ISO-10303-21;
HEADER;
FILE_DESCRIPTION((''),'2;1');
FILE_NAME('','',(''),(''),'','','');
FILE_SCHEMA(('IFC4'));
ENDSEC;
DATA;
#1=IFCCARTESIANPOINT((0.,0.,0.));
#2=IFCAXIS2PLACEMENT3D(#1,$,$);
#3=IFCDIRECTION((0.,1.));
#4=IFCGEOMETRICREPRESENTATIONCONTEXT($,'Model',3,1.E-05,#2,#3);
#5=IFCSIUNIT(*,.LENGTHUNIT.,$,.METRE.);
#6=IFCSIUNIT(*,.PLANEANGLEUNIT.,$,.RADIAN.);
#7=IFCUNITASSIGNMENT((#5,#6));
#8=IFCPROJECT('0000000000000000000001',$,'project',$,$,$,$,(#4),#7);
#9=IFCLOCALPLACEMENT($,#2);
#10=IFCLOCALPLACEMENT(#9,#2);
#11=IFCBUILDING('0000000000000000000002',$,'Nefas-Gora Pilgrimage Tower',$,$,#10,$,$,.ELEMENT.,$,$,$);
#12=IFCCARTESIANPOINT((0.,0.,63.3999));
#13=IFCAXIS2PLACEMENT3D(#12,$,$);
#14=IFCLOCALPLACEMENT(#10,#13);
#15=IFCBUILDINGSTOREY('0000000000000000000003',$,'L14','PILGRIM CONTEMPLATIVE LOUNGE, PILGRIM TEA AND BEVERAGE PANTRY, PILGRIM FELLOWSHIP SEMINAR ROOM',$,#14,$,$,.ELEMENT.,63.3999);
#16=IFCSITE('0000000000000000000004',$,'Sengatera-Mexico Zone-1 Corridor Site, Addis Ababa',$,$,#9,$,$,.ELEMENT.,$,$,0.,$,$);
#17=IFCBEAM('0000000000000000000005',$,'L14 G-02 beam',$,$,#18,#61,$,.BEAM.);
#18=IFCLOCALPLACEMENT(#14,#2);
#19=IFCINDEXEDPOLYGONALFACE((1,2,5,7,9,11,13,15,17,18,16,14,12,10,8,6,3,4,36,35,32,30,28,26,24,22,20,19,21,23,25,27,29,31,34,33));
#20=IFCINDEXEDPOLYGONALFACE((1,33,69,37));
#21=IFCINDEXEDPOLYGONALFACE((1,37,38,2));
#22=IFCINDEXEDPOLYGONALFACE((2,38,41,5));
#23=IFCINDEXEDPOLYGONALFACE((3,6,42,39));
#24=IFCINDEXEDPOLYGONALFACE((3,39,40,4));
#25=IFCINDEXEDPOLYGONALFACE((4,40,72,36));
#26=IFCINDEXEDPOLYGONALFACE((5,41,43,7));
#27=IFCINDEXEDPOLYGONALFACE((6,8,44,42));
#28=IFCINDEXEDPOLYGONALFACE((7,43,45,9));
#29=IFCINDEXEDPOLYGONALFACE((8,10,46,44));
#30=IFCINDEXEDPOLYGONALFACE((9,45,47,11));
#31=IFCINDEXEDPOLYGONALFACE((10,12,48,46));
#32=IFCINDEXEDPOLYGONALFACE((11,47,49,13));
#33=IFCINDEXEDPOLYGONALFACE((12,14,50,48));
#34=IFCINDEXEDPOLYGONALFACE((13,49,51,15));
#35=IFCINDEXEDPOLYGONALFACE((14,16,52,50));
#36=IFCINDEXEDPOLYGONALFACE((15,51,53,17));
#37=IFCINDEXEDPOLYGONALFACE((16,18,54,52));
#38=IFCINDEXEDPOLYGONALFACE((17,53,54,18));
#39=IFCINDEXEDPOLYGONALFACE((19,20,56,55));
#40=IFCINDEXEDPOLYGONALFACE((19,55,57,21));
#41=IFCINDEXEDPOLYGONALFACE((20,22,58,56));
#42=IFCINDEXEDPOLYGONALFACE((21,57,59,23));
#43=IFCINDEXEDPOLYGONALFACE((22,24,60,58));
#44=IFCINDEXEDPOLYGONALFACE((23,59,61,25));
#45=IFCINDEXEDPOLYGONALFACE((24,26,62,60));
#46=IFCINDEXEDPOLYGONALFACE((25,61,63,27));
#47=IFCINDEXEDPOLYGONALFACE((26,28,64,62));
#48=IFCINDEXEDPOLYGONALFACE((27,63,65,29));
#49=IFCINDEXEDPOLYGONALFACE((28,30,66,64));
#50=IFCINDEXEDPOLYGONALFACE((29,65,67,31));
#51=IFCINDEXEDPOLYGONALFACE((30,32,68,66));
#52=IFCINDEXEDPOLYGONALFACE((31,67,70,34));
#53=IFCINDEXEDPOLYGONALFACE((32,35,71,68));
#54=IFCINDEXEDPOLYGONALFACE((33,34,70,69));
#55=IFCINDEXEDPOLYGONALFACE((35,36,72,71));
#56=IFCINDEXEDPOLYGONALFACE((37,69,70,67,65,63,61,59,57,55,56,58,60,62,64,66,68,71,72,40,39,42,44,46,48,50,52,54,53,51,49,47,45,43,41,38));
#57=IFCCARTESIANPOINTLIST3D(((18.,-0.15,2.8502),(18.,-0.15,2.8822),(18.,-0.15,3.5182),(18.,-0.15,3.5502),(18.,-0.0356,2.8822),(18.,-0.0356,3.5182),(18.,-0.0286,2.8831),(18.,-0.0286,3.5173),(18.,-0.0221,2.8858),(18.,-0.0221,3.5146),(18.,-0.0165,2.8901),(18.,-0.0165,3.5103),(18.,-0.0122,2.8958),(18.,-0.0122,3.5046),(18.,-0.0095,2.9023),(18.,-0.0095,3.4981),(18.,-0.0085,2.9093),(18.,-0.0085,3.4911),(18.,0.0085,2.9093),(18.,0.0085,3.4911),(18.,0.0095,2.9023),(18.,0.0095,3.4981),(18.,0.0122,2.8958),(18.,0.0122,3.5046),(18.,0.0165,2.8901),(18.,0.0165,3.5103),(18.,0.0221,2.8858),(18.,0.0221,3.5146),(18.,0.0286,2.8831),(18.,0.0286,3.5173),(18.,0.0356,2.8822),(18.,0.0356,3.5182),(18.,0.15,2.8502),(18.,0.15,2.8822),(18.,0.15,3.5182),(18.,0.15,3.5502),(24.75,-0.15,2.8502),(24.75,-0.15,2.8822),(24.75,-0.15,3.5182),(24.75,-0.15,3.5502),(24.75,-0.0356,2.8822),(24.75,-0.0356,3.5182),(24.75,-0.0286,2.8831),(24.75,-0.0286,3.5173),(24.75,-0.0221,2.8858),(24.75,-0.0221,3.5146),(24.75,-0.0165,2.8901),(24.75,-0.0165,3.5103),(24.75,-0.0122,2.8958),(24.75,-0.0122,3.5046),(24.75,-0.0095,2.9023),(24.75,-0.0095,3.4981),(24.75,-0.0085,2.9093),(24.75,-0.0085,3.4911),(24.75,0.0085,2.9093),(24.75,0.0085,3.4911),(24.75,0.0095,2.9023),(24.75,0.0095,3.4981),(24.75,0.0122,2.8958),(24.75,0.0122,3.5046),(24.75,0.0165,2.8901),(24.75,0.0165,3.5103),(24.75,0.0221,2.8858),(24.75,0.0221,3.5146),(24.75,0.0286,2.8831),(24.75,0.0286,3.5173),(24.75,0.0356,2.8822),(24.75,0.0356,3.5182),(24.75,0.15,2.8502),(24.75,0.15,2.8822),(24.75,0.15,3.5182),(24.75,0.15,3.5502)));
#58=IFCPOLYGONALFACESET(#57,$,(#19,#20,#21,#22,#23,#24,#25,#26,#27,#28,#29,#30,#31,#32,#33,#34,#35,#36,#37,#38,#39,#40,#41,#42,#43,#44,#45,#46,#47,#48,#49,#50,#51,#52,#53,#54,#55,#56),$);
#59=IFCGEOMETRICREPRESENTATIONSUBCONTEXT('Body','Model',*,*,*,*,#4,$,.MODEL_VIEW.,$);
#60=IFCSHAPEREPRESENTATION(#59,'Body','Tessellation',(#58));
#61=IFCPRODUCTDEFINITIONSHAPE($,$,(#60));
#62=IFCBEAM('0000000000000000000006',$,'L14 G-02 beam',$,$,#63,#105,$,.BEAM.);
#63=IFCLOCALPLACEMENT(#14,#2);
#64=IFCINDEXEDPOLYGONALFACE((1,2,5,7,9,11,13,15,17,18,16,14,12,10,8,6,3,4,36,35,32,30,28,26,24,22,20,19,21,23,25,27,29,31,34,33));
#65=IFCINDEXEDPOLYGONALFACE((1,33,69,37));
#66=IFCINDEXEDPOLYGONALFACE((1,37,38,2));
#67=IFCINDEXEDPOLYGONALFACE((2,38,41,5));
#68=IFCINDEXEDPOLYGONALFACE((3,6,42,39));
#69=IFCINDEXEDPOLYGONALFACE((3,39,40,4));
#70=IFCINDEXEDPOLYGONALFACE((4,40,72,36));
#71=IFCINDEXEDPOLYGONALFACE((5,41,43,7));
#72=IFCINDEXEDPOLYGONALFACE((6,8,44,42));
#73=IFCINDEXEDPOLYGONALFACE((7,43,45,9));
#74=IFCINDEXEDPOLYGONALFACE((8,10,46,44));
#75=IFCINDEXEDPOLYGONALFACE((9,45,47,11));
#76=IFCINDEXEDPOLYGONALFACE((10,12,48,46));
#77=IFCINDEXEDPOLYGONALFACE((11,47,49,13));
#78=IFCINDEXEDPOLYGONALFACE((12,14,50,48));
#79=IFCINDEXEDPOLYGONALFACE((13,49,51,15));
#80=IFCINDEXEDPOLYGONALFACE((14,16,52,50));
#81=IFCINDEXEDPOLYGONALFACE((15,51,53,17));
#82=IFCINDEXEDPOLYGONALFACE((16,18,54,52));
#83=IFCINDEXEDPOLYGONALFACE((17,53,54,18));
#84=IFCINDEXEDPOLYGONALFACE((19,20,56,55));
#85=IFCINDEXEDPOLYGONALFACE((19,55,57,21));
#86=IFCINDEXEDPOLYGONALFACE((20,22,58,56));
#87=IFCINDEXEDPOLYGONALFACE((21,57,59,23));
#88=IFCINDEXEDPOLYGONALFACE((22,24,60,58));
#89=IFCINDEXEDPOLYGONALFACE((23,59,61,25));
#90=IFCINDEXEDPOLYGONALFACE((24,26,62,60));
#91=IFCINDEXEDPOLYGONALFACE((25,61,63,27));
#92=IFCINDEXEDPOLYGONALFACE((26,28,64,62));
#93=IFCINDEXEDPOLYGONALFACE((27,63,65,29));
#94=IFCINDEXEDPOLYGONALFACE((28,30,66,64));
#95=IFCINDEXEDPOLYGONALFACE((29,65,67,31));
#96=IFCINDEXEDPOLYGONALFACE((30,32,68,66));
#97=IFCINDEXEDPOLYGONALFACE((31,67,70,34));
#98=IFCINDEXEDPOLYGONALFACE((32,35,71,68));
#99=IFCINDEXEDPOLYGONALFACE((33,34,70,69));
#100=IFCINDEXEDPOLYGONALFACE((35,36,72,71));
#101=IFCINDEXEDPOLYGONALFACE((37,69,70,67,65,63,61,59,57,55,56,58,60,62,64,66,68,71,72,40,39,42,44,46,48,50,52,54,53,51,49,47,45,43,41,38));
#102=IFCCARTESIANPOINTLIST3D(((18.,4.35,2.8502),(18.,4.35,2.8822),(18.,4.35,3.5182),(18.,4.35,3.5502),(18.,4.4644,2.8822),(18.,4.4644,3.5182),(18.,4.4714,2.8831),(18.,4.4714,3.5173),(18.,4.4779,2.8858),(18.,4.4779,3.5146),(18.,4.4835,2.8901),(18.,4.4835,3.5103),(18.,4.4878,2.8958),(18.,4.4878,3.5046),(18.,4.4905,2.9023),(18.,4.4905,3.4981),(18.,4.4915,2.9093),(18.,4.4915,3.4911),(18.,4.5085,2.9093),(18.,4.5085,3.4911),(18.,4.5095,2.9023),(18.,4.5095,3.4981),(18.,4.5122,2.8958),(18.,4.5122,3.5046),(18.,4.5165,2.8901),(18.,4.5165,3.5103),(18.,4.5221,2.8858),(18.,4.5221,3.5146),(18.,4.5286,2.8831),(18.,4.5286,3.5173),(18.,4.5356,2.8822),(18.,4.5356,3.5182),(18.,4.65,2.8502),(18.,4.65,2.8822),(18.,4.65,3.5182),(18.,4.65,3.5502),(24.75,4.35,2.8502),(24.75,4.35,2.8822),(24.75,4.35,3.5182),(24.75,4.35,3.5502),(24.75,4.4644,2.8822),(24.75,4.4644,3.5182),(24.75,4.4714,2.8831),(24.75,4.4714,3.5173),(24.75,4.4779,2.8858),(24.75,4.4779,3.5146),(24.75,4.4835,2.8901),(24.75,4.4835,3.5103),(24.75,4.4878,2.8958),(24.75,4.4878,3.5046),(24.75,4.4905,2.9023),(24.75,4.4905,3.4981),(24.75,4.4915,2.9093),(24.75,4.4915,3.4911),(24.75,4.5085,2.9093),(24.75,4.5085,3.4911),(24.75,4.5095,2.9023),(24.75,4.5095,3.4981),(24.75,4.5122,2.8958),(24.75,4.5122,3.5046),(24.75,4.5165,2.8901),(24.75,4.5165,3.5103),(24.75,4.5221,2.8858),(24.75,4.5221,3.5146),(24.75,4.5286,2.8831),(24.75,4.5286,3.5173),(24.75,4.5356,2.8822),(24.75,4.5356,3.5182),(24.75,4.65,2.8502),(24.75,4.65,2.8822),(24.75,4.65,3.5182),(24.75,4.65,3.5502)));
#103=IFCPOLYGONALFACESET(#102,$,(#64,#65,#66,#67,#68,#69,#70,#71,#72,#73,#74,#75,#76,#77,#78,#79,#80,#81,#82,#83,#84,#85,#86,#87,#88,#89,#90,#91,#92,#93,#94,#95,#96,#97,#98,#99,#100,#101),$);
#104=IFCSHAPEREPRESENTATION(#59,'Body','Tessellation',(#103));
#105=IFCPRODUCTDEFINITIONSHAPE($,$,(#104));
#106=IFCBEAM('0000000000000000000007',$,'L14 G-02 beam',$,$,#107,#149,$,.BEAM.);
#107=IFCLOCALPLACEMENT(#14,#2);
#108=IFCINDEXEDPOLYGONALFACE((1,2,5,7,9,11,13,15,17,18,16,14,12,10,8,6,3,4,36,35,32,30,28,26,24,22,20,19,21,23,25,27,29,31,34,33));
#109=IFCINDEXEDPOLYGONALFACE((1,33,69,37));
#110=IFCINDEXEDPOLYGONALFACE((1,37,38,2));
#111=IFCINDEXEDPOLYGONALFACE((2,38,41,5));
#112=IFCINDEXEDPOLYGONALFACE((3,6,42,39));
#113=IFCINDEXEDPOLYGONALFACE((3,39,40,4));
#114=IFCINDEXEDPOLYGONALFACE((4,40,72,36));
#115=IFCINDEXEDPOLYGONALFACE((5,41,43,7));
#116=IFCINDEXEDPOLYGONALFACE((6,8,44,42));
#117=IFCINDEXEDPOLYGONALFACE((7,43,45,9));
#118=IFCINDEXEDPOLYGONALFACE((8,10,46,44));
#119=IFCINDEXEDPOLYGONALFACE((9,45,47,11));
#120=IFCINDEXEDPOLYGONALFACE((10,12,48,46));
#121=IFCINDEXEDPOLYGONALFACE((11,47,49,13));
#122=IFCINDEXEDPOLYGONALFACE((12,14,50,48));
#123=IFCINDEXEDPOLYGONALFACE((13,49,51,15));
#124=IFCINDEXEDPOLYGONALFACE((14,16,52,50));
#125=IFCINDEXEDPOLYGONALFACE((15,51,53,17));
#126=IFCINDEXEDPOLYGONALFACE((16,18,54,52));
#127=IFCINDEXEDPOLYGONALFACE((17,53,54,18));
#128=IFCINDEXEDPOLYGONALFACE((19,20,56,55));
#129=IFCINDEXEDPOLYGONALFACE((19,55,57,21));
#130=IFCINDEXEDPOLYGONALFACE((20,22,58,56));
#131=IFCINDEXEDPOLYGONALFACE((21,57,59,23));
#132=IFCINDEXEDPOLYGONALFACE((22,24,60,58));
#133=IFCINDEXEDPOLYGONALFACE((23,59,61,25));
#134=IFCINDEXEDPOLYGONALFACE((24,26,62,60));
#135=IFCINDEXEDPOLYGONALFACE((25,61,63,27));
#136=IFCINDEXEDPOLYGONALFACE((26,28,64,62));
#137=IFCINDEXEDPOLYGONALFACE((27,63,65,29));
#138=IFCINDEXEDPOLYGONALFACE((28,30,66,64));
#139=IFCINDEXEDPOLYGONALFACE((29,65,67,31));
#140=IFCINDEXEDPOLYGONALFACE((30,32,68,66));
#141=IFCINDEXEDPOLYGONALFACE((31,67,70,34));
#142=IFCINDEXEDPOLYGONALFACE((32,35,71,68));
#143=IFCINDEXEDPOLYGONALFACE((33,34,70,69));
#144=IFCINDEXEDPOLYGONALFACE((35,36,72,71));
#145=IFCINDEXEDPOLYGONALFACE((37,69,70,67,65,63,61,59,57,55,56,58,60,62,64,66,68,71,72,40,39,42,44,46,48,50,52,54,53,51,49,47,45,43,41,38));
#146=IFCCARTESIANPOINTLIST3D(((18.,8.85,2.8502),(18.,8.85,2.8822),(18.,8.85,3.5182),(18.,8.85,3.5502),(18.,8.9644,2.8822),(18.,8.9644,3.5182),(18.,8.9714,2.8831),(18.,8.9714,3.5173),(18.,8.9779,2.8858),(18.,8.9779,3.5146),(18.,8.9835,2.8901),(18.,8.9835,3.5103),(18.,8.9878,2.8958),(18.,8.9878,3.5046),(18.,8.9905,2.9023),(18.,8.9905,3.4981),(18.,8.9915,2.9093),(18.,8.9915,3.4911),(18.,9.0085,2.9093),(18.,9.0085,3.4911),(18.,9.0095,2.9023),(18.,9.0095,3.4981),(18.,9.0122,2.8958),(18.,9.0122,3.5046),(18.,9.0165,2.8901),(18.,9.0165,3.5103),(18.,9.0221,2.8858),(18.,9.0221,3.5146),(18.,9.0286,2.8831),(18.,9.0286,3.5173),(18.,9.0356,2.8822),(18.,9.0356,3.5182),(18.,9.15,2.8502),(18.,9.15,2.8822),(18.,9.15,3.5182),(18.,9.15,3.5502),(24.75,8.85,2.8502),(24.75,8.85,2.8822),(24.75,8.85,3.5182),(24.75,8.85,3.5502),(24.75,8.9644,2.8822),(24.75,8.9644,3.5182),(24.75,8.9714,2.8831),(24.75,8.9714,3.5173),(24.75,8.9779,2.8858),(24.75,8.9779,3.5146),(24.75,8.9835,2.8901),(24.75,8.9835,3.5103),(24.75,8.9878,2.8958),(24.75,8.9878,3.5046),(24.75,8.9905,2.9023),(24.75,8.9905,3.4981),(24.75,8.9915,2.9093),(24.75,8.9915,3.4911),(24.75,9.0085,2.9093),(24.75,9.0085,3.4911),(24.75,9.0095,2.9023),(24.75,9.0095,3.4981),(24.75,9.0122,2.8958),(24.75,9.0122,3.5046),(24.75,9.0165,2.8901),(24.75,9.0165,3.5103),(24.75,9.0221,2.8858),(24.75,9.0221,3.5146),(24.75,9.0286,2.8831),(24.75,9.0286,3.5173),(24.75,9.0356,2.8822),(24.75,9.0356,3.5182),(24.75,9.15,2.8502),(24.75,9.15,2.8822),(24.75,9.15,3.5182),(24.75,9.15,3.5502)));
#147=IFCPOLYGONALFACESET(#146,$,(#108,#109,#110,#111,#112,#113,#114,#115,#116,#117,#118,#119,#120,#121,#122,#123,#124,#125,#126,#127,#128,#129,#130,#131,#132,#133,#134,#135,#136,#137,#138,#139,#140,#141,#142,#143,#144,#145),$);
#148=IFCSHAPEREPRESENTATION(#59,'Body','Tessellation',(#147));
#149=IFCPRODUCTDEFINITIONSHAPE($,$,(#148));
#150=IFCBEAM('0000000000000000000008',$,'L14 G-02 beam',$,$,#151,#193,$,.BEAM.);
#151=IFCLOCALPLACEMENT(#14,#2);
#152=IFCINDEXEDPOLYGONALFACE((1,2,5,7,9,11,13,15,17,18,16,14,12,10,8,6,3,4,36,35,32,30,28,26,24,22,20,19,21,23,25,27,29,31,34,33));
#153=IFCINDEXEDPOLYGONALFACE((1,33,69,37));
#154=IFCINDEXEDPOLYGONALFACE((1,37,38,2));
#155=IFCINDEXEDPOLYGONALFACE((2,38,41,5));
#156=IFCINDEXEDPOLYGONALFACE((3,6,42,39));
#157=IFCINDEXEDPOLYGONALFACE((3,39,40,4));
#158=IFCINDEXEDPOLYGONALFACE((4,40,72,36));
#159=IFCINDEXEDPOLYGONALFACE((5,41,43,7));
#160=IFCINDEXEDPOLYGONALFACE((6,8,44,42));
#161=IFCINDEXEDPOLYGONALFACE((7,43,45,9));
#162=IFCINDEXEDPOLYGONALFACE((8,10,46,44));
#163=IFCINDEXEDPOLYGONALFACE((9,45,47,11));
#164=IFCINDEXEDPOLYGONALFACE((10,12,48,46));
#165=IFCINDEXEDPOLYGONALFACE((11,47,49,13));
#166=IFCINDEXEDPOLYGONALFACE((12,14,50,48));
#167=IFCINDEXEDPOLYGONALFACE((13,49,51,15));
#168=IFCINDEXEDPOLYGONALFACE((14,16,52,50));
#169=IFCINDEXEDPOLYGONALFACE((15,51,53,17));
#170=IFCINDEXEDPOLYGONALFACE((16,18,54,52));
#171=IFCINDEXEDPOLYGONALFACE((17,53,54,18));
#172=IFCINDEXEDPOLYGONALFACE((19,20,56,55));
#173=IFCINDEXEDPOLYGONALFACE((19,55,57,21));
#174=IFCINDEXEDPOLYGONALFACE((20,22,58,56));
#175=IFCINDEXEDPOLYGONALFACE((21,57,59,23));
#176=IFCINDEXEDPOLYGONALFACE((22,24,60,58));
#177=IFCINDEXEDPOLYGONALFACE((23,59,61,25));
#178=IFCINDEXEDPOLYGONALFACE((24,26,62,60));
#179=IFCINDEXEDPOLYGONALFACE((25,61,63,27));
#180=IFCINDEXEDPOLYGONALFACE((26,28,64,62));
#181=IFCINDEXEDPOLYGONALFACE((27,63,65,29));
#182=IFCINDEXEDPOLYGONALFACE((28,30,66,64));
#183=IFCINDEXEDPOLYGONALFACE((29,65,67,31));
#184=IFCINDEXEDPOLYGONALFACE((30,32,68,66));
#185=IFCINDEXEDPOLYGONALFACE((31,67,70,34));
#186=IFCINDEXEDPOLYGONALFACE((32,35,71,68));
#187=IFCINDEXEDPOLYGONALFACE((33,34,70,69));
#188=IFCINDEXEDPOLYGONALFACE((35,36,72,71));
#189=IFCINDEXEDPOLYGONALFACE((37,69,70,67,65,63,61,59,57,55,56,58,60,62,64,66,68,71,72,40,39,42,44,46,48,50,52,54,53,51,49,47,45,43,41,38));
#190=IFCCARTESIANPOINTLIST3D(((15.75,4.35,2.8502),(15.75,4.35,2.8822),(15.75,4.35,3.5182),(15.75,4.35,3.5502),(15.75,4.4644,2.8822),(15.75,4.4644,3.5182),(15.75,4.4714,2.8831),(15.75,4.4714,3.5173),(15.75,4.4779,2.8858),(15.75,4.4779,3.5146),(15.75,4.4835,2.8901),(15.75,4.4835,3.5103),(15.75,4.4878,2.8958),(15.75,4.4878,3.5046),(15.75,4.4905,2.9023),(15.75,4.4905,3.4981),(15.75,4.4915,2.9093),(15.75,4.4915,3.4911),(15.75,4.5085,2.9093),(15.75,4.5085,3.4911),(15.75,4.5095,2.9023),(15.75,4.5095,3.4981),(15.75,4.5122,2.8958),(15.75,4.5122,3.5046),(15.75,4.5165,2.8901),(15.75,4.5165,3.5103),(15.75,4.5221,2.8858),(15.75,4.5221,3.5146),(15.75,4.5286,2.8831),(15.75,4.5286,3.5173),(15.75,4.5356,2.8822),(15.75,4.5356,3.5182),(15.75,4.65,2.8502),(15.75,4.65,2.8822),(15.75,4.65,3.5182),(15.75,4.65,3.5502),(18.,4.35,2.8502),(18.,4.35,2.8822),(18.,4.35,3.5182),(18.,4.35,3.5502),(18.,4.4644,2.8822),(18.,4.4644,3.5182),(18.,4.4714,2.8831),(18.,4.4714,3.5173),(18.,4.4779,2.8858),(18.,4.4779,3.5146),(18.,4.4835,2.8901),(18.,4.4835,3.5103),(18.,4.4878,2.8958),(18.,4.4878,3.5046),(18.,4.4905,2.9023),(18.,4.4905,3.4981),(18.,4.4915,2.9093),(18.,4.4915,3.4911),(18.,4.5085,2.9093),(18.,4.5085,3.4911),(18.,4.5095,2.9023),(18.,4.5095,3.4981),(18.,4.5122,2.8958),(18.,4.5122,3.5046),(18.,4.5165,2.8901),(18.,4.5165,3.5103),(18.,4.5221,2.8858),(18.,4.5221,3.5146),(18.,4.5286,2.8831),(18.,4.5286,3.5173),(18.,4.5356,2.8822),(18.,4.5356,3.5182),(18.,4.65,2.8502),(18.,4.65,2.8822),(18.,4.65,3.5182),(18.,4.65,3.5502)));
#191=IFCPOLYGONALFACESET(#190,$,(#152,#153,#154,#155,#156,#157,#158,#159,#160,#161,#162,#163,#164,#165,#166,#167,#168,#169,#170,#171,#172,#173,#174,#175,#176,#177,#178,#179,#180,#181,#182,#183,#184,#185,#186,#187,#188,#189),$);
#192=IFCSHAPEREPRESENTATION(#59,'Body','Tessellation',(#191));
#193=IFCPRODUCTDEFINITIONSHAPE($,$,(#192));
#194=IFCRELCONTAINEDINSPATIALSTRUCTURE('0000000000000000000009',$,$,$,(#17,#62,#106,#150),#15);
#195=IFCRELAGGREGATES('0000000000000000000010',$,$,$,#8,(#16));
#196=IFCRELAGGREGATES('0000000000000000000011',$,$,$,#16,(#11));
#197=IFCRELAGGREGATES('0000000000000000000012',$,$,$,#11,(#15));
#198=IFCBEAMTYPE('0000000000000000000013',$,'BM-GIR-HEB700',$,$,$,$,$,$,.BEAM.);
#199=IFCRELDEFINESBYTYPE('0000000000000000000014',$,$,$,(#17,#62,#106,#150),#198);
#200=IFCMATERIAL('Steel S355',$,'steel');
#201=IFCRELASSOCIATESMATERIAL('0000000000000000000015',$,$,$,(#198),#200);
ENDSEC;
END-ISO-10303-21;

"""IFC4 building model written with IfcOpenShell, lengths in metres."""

from ifc_helpers import new_model, si_unit, direction, frame, origin, origin_2d, place, context, subcontext, project, spatial, i_section, extrude, source, transform, mapped, material, material_profile, profile_set, type_object, element, save


model = new_model("IFC4")

# Units and contexts
model_context = context("Model", 3, precision=1e-05, world=origin(), true_north=direction((0.0, 1.0)))
body_context = subcontext(model_context, "Body", "Model", "MODEL_VIEW")
ifc_project = project(units=[si_unit("LENGTHUNIT", "METRE"), si_unit("PLANEANGLEUNIT", "RADIAN")], contexts=[model_context])

# Site, building, storey
site_placement = place(None, origin())
site = spatial("IfcSite", under=ifc_project, at=site_placement, Name="Sengatera-Mexico Zone-1 Corridor Site, Addis Ababa", CompositionType="ELEMENT", RefElevation=0.0)
building_placement = place(site_placement, origin())
building = spatial("IfcBuilding", under=site, at=building_placement, Name="Nefas-Gora Pilgrimage Tower", CompositionType="ELEMENT")
storey_placement = place(building_placement, frame((0.0, 0.0, 63.3999)))
storey = spatial("IfcBuildingStorey", under=building, at=storey_placement, Name="L14", Description="PILGRIM CONTEMPLATIVE LOUNGE, PILGRIM TEA AND BEVERAGE PANTRY, PILGRIM FELLOWSHIP SEMINAR ROOM", CompositionType="ELEMENT", Elevation=63.3999)

# Beams
ifc_material_1 = material(Name="Steel S355", Category="steel")
ifc_material_profile_1 = material_profile(ifc_material_1, i_section(OverallWidth=0.3, OverallDepth=0.7, WebThickness=0.0171, FlangeThickness=0.032, FilletRadius=0.0271, at=origin_2d()), Name="HEB 700")
ifc_profile_set_1 = profile_set([ifc_material_profile_1], Name="Steel S355")
beam_type_1 = type_object("IfcBeamType", Name="BM-GIR-HEB700", PredefinedType="BEAM", material=ifc_profile_set_1)
shared_shape_1 = source(origin(), body_context, "Body", "SweptSolid", [
    extrude(i_section(OverallWidth=0.3, OverallDepth=0.7, WebThickness=0.0171, FlangeThickness=0.032, FilletRadius=0.0271, at=origin_2d()), origin(), (0.0, 0.0, 1.0), 6.75),
])
for number, where, z_axis, x_axis, name in (
    (1, (18.0, 0.0, 3.2002), (1.0, 0.0, 0.0), (0.0, 1.0, 0.0), "L14 G-02 beam"),
    (2, (18.0, 4.5, 3.2002), (1.0, 0.0, 0.0), (0.0, 1.0, 0.0), "L14 G-02 beam"),
    (3, (18.0, 9.0, 3.2002), (1.0, 0.0, 0.0), (0.0, 1.0, 0.0), "L14 G-02 beam"),
):
    element("IfcBeam", number, at=place(storey_placement, frame(where, z_axis=z_axis, x_axis=x_axis)), inside=storey, type_object=beam_type_1, Name=name, PredefinedType="BEAM", context=body_context, shape_type="MappedRepresentation", body=[
        mapped(shared_shape_1, transform((0.0, 0.0, 0.0), x_axis=(1.0, 0.0, 0.0), y_axis=(0.0, 1.0, 0.0), z_axis=(0.0, 0.0, 1.0), scale=1.0)),
    ])
shared_shape_2 = source(origin(), body_context, "Body", "SweptSolid", [
    extrude(i_section(OverallWidth=0.3, OverallDepth=0.7, WebThickness=0.0171, FlangeThickness=0.032, FilletRadius=0.0271, at=origin_2d()), origin(), (0.0, 0.0, 1.0), 2.25),
])
for number, where, z_axis, x_axis, name in (
    (4, (15.75, 4.5, 3.2002), (1.0, 0.0, 0.0), (0.0, 1.0, 0.0), "L14 G-02 beam"),
):
    element("IfcBeam", number, at=place(storey_placement, frame(where, z_axis=z_axis, x_axis=x_axis)), inside=storey, type_object=beam_type_1, Name=name, PredefinedType="BEAM", context=body_context, shape_type="MappedRepresentation", body=[
        mapped(shared_shape_2, transform((0.0, 0.0, 0.0), x_axis=(1.0, 0.0, 0.0), y_axis=(0.0, 1.0, 0.0), z_axis=(0.0, 0.0, 1.0), scale=1.0)),
    ])

save(model, "model.ifc")
